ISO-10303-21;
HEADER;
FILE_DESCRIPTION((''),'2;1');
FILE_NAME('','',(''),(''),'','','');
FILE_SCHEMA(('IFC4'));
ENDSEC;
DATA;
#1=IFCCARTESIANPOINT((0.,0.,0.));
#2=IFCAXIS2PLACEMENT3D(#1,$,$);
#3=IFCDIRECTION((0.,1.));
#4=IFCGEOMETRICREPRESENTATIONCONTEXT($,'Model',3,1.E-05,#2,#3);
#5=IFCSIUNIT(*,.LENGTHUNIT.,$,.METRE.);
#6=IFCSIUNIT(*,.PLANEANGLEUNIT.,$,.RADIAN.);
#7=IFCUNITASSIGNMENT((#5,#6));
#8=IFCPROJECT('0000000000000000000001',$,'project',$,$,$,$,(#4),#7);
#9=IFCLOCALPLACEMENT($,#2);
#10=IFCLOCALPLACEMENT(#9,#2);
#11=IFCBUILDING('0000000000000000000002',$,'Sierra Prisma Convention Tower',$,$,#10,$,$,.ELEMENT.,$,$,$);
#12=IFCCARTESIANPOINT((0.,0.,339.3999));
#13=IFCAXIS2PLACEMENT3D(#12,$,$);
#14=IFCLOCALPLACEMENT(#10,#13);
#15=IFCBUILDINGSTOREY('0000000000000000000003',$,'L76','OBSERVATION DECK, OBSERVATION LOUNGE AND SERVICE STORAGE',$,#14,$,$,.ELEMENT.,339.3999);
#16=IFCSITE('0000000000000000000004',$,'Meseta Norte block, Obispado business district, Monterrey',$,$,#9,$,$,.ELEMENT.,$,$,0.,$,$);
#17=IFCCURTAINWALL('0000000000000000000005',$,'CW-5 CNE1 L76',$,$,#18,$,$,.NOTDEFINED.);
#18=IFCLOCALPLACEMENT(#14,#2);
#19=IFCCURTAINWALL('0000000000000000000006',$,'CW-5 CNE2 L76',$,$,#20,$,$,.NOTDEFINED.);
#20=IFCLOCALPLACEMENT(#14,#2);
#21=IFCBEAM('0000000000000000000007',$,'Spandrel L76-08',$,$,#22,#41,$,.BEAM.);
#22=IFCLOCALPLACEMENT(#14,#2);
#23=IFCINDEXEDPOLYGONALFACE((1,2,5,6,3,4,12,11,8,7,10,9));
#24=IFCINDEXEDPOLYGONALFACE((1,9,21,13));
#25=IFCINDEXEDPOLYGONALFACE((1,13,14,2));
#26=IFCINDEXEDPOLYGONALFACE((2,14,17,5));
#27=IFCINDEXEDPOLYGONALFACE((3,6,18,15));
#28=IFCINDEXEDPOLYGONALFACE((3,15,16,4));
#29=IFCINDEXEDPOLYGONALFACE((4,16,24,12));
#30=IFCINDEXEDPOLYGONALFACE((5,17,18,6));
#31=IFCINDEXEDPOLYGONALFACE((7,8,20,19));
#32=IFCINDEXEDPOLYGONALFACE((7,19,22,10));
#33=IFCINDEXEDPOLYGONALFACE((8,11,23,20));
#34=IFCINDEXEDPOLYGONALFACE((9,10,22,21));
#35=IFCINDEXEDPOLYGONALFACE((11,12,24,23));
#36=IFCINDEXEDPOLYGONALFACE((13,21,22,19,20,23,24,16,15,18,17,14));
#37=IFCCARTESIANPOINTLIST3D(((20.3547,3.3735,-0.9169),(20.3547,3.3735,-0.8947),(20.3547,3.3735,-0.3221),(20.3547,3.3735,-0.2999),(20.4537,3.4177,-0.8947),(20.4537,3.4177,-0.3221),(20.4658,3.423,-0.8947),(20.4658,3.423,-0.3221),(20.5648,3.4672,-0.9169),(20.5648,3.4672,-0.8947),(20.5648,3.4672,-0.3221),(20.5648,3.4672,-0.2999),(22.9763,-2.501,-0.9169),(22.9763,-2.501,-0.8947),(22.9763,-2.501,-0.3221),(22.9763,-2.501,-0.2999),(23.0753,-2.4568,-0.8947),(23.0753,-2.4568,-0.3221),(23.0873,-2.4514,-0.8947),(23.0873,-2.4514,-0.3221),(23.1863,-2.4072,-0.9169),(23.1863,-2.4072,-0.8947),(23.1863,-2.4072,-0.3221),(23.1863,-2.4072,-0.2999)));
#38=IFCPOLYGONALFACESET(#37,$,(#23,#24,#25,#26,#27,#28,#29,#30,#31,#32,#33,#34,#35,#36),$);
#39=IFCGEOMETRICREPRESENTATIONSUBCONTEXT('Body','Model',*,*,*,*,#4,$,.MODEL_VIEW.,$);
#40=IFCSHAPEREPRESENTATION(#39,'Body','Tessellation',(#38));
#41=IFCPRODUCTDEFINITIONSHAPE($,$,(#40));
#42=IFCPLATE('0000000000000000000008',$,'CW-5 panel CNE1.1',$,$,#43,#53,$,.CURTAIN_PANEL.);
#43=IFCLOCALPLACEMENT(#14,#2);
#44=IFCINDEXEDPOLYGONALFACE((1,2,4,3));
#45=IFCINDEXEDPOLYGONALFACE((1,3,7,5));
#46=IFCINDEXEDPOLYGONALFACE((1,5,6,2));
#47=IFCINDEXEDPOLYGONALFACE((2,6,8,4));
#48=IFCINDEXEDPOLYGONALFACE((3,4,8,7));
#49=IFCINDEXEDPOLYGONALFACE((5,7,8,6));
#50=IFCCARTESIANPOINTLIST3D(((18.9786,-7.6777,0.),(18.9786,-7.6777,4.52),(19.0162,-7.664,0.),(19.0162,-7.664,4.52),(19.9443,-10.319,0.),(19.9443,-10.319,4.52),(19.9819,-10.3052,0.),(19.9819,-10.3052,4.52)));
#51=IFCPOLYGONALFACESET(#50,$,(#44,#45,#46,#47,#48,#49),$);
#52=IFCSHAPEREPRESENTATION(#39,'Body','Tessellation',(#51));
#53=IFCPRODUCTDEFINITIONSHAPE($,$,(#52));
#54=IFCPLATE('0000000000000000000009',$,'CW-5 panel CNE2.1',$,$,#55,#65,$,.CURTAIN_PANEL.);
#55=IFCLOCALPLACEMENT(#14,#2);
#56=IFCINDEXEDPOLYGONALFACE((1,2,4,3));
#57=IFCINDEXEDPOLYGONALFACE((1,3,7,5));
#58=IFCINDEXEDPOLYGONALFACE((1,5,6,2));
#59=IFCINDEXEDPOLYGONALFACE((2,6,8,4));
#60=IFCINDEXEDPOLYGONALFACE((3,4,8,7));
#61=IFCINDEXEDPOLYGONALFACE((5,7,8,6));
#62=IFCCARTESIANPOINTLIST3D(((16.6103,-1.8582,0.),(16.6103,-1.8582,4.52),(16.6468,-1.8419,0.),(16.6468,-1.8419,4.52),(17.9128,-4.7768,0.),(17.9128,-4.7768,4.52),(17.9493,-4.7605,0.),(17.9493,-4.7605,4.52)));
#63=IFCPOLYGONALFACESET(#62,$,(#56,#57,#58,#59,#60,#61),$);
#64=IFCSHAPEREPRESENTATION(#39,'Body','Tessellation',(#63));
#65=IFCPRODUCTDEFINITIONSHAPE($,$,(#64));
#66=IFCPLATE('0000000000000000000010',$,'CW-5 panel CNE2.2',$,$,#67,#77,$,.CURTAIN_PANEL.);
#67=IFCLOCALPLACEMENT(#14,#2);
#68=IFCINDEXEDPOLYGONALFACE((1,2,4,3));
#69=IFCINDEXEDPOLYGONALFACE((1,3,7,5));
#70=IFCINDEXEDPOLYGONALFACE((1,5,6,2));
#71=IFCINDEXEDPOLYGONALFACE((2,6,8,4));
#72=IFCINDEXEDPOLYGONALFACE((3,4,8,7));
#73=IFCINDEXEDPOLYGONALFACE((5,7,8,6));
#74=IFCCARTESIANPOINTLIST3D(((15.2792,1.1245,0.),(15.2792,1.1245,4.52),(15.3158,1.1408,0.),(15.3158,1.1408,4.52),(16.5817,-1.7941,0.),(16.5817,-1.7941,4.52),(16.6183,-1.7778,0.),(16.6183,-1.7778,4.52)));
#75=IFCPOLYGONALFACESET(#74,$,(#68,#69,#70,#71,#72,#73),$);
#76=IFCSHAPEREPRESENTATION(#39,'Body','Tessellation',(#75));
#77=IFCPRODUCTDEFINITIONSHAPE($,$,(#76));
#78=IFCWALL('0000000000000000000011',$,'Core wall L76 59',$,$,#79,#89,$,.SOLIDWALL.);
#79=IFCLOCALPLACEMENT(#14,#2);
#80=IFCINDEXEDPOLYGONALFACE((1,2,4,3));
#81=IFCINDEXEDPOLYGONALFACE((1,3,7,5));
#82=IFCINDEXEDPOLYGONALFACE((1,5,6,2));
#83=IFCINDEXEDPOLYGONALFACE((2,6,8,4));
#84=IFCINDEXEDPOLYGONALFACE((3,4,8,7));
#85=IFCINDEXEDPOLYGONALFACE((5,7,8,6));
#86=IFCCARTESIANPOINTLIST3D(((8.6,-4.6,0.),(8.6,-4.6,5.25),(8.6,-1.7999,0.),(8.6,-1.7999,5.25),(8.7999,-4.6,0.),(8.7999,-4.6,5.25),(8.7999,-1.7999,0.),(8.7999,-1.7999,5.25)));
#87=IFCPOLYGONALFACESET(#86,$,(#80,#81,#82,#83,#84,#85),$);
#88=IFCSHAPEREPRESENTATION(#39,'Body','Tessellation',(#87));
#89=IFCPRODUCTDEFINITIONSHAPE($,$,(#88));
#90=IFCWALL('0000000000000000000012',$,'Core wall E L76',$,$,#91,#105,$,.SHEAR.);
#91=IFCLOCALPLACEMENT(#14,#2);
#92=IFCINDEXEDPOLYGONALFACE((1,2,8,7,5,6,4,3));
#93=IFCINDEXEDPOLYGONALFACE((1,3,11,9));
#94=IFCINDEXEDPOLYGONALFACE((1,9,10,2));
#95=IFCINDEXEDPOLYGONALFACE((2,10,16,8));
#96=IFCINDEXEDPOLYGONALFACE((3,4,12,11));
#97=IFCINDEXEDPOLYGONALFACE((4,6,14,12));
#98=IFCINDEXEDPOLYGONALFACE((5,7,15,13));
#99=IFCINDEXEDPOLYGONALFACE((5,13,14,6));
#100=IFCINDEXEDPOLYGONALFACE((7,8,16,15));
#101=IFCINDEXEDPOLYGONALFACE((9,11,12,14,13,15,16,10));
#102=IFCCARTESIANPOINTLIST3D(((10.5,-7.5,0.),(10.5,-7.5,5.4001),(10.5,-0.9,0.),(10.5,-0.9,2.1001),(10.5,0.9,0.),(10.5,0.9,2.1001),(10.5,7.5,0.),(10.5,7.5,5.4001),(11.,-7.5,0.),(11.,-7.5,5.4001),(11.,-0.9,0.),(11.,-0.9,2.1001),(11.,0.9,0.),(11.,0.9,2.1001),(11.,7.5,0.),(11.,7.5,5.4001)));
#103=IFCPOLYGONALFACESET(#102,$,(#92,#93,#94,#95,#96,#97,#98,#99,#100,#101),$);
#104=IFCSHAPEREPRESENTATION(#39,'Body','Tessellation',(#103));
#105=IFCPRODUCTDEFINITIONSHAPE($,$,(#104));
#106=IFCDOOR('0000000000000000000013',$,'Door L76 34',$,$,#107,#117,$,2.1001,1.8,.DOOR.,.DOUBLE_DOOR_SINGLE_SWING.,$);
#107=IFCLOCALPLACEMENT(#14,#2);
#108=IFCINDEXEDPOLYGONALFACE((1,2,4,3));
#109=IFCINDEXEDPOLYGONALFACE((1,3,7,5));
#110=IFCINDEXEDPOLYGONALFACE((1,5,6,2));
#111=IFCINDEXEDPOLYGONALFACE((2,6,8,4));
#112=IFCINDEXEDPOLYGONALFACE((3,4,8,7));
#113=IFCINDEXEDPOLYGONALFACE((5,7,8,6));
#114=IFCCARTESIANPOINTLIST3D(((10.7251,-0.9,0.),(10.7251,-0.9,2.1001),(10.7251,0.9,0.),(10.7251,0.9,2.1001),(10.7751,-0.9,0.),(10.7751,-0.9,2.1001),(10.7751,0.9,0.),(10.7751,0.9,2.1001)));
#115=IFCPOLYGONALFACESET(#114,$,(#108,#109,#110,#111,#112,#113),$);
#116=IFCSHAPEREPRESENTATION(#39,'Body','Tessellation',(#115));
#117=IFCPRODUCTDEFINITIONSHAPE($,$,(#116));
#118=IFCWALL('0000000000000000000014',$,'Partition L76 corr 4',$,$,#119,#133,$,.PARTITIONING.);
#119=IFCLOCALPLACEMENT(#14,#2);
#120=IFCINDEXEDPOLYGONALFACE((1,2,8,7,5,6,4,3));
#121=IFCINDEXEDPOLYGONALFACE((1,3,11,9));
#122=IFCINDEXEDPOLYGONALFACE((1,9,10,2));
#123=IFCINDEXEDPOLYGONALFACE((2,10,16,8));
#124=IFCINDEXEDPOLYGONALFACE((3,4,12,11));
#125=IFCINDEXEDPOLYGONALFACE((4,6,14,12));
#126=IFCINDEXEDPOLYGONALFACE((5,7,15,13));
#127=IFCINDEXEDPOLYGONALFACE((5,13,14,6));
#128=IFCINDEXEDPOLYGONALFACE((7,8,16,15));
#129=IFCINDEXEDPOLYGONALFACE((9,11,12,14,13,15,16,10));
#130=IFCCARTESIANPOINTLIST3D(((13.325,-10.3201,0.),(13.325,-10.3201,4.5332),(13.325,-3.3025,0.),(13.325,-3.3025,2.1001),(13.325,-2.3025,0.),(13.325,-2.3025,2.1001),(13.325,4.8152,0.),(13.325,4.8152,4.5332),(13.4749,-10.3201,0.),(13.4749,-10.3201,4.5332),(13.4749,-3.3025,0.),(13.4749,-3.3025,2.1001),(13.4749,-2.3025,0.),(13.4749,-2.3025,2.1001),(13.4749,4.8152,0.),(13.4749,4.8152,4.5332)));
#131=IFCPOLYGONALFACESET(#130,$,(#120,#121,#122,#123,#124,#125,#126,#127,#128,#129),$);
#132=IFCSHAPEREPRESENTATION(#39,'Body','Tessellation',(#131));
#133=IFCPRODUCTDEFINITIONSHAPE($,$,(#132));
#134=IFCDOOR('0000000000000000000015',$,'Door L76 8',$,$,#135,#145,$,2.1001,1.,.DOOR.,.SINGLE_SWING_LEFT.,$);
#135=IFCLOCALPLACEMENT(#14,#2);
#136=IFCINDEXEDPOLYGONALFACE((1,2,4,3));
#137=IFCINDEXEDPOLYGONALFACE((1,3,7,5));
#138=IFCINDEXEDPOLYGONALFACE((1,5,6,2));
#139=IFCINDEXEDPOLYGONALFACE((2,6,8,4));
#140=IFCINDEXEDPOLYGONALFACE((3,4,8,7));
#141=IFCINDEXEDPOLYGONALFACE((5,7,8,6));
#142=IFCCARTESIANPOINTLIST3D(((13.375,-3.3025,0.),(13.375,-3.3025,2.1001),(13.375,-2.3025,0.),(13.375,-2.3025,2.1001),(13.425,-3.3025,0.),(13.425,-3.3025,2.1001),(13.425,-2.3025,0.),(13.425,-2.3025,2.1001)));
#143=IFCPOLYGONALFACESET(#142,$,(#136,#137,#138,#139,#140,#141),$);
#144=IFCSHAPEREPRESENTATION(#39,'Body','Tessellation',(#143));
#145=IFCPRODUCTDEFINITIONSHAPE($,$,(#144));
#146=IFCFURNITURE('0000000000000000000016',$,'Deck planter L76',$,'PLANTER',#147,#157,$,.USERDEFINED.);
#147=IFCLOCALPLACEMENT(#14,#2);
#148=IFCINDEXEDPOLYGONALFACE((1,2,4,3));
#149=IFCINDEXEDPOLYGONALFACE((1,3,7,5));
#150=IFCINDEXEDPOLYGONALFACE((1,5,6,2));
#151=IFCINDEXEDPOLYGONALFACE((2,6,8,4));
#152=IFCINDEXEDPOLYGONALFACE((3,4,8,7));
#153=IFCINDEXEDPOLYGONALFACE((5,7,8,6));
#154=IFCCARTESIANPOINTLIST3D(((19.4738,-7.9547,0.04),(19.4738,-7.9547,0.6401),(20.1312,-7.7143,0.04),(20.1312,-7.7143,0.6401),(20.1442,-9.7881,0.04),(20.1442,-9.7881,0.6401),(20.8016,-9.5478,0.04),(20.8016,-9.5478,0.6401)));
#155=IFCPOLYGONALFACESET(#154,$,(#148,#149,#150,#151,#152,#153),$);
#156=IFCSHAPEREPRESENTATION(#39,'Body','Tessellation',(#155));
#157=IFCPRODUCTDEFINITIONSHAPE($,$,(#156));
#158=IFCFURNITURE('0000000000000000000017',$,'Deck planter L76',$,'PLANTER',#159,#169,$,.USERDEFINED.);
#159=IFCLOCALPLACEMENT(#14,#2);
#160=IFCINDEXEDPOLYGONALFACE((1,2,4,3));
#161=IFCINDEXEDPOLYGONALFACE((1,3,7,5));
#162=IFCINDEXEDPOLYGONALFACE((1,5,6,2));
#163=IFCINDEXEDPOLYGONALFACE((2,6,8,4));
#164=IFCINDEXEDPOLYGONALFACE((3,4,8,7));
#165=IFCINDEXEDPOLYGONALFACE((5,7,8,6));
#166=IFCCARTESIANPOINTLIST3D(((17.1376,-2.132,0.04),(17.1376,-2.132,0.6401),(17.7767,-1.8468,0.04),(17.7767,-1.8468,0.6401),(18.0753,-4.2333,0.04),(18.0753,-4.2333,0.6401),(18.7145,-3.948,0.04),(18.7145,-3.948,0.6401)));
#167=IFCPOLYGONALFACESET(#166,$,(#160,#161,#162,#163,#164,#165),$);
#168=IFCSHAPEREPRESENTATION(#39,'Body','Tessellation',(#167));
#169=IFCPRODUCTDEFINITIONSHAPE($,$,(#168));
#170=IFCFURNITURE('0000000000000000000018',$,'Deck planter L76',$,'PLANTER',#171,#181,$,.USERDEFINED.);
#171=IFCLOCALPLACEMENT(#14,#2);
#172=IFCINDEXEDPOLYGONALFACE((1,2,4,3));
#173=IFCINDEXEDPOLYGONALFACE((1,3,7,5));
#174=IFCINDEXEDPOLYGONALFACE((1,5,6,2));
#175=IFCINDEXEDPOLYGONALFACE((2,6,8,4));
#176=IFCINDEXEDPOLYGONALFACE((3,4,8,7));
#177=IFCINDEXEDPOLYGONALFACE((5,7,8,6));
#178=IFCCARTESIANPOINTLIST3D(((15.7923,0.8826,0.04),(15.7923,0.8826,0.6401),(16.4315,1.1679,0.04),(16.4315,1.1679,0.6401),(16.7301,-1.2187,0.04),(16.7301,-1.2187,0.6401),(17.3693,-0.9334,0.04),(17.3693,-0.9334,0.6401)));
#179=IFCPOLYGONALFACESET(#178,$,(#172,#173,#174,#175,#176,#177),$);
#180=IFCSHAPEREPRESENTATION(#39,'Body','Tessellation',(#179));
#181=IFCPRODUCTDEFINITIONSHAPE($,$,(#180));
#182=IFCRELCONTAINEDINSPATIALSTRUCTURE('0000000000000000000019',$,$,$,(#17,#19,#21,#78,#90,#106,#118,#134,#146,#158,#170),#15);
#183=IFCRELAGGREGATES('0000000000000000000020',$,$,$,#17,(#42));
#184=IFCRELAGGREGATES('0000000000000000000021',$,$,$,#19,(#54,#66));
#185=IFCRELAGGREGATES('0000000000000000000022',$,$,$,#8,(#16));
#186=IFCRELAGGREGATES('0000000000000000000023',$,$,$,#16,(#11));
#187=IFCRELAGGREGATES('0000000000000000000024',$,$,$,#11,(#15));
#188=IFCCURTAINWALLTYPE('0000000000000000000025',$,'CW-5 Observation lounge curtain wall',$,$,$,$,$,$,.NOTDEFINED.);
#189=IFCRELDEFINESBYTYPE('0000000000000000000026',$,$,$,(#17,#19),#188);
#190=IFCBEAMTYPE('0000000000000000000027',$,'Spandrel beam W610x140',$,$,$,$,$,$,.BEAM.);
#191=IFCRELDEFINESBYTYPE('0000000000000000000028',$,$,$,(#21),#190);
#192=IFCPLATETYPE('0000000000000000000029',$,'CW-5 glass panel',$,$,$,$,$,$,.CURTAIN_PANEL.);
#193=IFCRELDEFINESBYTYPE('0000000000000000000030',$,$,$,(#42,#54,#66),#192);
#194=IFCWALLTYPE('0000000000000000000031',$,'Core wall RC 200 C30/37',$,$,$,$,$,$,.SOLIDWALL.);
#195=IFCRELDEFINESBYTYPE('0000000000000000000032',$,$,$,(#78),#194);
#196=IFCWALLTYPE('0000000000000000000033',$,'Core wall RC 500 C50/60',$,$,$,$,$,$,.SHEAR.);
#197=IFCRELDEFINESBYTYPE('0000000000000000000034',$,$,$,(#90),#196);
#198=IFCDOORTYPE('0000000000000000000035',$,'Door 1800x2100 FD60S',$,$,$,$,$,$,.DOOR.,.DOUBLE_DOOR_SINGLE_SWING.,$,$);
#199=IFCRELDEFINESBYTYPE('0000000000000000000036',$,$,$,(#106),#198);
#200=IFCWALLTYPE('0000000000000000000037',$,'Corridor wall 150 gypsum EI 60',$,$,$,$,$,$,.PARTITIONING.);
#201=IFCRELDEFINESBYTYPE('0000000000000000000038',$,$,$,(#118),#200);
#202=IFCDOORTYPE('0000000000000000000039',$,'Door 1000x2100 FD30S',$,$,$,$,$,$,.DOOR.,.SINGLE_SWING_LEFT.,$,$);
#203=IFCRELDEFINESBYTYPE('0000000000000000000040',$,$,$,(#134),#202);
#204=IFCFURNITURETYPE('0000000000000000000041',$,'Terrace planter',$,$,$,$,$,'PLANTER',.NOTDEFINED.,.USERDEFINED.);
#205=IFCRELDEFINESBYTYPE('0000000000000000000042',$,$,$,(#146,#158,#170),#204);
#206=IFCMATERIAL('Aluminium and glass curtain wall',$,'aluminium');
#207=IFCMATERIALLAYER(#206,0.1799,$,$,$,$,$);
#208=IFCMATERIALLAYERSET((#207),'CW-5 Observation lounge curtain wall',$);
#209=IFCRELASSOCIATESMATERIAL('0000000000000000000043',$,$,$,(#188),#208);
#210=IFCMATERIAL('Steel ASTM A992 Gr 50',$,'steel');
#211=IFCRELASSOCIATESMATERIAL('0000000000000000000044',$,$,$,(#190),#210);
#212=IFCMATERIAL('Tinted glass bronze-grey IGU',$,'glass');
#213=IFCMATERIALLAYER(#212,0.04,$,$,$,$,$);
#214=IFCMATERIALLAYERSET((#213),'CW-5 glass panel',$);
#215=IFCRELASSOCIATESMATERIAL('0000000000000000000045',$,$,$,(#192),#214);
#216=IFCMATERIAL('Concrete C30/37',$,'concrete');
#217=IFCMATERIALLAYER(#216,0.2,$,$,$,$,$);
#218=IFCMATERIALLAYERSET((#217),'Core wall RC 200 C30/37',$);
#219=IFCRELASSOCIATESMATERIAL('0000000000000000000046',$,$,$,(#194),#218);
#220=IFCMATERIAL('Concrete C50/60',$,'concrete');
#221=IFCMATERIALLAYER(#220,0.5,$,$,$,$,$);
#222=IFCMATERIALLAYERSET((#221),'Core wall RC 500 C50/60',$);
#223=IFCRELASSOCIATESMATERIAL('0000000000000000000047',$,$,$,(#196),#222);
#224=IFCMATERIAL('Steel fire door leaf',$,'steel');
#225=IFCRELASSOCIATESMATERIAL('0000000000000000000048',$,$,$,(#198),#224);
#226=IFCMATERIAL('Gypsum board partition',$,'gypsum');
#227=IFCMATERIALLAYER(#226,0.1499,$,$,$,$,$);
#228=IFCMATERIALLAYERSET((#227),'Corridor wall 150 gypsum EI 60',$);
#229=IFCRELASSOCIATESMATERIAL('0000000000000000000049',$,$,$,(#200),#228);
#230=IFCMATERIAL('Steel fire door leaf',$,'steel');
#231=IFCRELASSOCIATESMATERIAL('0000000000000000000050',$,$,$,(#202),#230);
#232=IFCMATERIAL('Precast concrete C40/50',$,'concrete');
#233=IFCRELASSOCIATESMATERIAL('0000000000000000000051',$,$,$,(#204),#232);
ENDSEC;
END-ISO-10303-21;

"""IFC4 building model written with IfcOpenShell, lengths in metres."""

from ifc_helpers import new_model, si_unit, direction, frame, frame_2d, origin, origin_2d, place, context, subcontext, project, spatial, rectangle, i_section, extrude, material, layer, layer_set, material_profile, profile_set, type_object, element, fill, aggregate, save


model = new_model("IFC4")

# Units and contexts
model_context = context("Model", 3, precision=1e-05, world=origin(), true_north=direction((0.0, 1.0)))
body_context = subcontext(model_context, "Body", "Model", "MODEL_VIEW")
ifc_project = project(units=[si_unit("LENGTHUNIT", "METRE"), si_unit("PLANEANGLEUNIT", "RADIAN")], contexts=[model_context])

# Site, building, storey
site_placement = place(None, origin())
site = spatial("IfcSite", under=ifc_project, at=site_placement, Name="Meseta Norte block, Obispado business district, Monterrey", CompositionType="ELEMENT", RefElevation=0.0)
building_placement = place(site_placement, origin())
building = spatial("IfcBuilding", under=site, at=building_placement, Name="Sierra Prisma Convention Tower", CompositionType="ELEMENT")
storey_placement = place(building_placement, frame((0.0, 0.0, 339.3999)))
storey = spatial("IfcBuildingStorey", under=building, at=storey_placement, Name="L76", Description="OBSERVATION DECK, OBSERVATION LOUNGE AND SERVICE STORAGE", CompositionType="ELEMENT", Elevation=339.3999)

# Curtain wall
ifc_material_1 = material(Name="Aluminium and glass curtain wall", Category="aluminium")
ifc_layer_1 = layer(ifc_material_1, 0.1799)
ifc_layer_set_1 = layer_set([ifc_layer_1], Name="CW-5 Observation lounge curtain wall")
curtain_wall_type = type_object("IfcCurtainWallType", Name="CW-5 Observation lounge curtain wall", PredefinedType="NOTDEFINED", material=ifc_layer_set_1)
curtain_wall_1_placement = place(storey_placement, origin())
curtain_wall_1 = element("IfcCurtainWall", 1, at=curtain_wall_1_placement, inside=storey, type_object=curtain_wall_type, Name="CW-5 CNE1 L76", PredefinedType="NOTDEFINED")

# Curtain wall
curtain_wall_2_placement = place(storey_placement, origin())
curtain_wall_2 = element("IfcCurtainWall", 2, at=curtain_wall_2_placement, inside=storey, type_object=curtain_wall_type, Name="CW-5 CNE2 L76", PredefinedType="NOTDEFINED")

# Beam
ifc_material_2 = material(Name="Steel ASTM A992 Gr 50", Category="steel")
ifc_material_profile_1 = material_profile(ifc_material_2, i_section(OverallWidth=0.23, OverallDepth=0.6169, WebThickness=0.0132, FlangeThickness=0.0222, at=origin_2d()), Name="W610x140")
ifc_profile_set_1 = profile_set([ifc_material_profile_1], Name="Steel ASTM A992 Gr 50")
beam_type_1 = type_object("IfcBeamType", Name="Spandrel beam W610x140", PredefinedType="BEAM", material=ifc_profile_set_1)
beam_1_placement = place(storey_placement, frame((23.0813, -2.4541, -0.6084), z_axis=(-0.407525, 0.913194, 0.0), x_axis=(-0.913194, -0.407525, 0.0)))
element("IfcBeam", 3, at=beam_1_placement, inside=storey, type_object=beam_type_1, Name="Spandrel L76-08", PredefinedType="BEAM", context=body_context, shape_type="SweptSolid", body=[
    extrude(i_section(OverallWidth=0.23, OverallDepth=0.6169, WebThickness=0.0132, FlangeThickness=0.0222, at=origin_2d()), origin(), (0.0, 0.0, 1.0), 6.4329),
])

# Plates
ifc_material_3 = material(Name="Tinted glass bronze-grey IGU", Category="glass")
ifc_layer_2 = layer(ifc_material_3, 0.04)
ifc_layer_set_2 = layer_set([ifc_layer_2], Name="CW-5 glass panel")
plate_type = type_object("IfcPlateType", Name="CW-5 glass panel", PredefinedType="CURTAIN_PANEL", material=ifc_layer_set_2)
plate_1_placement = place(storey_placement, frame((19.4802, -8.9915, 0.0), z_axis=(0.0, 0.0, 1.0), x_axis=(-0.343388, 0.939194, 0.0)))
plate_1 = element("IfcPlate", 4, at=plate_1_placement, type_object=plate_type, Name="CW-5 panel CNE1.1", PredefinedType="CURTAIN_PANEL", context=body_context, shape_type="SweptSolid", body=[
    extrude(rectangle(XDim=2.8123, YDim=0.04, at=origin_2d()), origin(), (0.0, 0.0, 1.0), 4.52),
])
aggregate(curtain_wall_1, [plate_1])
plate_2_placement = place(storey_placement, frame((17.2798, -3.3093, 0.0), z_axis=(0.0, 0.0, 1.0), x_axis=(-0.407534, 0.91319, 0.0)))
plate_2 = element("IfcPlate", 5, at=plate_2_placement, type_object=plate_type, Name="CW-5 panel CNE2.1", PredefinedType="CURTAIN_PANEL", context=body_context, shape_type="SweptSolid", body=[
    extrude(rectangle(XDim=3.196, YDim=0.04, at=origin_2d()), origin(), (0.0, 0.0, 1.0), 4.52),
])
plate_3_placement = place(storey_placement, frame((15.9487, -0.3267, 0.0), z_axis=(0.0, 0.0, 1.0), x_axis=(-0.407534, 0.91319, 0.0)))
plate_3 = element("IfcPlate", 6, at=plate_3_placement, type_object=plate_type, Name="CW-5 panel CNE2.2", PredefinedType="CURTAIN_PANEL", context=body_context, shape_type="SweptSolid", body=[
    extrude(rectangle(XDim=3.196, YDim=0.04, at=origin_2d()), origin(), (0.0, 0.0, 1.0), 4.52),
])
aggregate(curtain_wall_2, [plate_2, plate_3])

# Shared definitions
ifc_material_4 = material(Name="Concrete C30/37", Category="concrete")
ifc_layer_3 = layer(ifc_material_4, 0.2)
ifc_layer_set_3 = layer_set([ifc_layer_3], Name="Core wall RC 200 C30/37")
wall_type_1 = type_object("IfcWallType", Name="Core wall RC 200 C30/37", PredefinedType="SOLIDWALL", material=ifc_layer_set_3)

# Wall
wall_1_placement = place(storey_placement, frame((8.7, -1.8, 0.0), z_axis=(0.0, 0.0, 1.0), x_axis=(0.0, -1.0, 0.0)))
element("IfcWall", 7, at=wall_1_placement, inside=storey, type_object=wall_type_1, Name="Core wall L76 59", PredefinedType="SOLIDWALL", context=body_context, shape_type="SweptSolid", body=[
    extrude(rectangle(XDim=2.8, YDim=0.2, at=frame_2d((1.3999, 0.0))), origin(), (0.0, 0.0, 1.0), 5.25),
])

# Walls, openings, doors
ifc_material_5 = material(Name="Concrete C50/60", Category="concrete")
ifc_layer_4 = layer(ifc_material_5, 0.5)
ifc_layer_set_4 = layer_set([ifc_layer_4], Name="Core wall RC 500 C50/60")
wall_type_2 = type_object("IfcWallType", Name="Core wall RC 500 C50/60", PredefinedType="SHEAR", material=ifc_layer_set_4)
wall_2_placement = place(storey_placement, frame((10.75, -7.5, 0.0), z_axis=(0.0, 0.0, 1.0), x_axis=(0.0, 1.0, 0.0)))
wall_2 = element("IfcWall", 8, at=wall_2_placement, inside=storey, type_object=wall_type_2, Name="Core wall E L76", PredefinedType="SHEAR", context=body_context, shape_type="SweptSolid", body=[
    extrude(rectangle(XDim=15.0, YDim=0.5, at=frame_2d((7.5, 0.0))), origin(), (0.0, 0.0, 1.0), 5.4001),
])
opening_1_placement = place(wall_2_placement, frame((6.6001, 0.0, 0.0)))
opening_1 = element("IfcOpeningElement", 9, at=opening_1_placement, cuts=wall_2, PredefinedType="OPENING", context=body_context, shape_type="SweptSolid", body=[
    extrude(rectangle(XDim=1.8, YDim=2.1001, at=frame_2d((0.8999, 1.05))), frame((0.0, 0.25, 0.0), z_axis=(0.0, -1.0, 0.0), x_axis=(1.0, 0.0, 0.0)), (0.0, 0.0, 1.0), 0.5),
])
ifc_material_6 = material(Name="Steel fire door leaf", Category="steel")
door_type_1 = type_object("IfcDoorType", Name="Door 1800x2100 FD60S", OperationType="DOUBLE_DOOR_SINGLE_SWING", PredefinedType="DOOR", material=ifc_material_6)
door_1_placement = place(opening_1_placement, origin())
door_1 = element("IfcDoor", 10, at=door_1_placement, inside=storey, type_object=door_type_1, Name="Door L76 34", OperationType="DOUBLE_DOOR_SINGLE_SWING", OverallHeight=2.1001, OverallWidth=1.8, PredefinedType="DOOR", context=body_context, shape_type="SweptSolid", body=[
    extrude(rectangle(XDim=1.8, YDim=2.1001, at=frame_2d((0.8999, 1.05))), frame((0.0, 0.0249, 0.0), z_axis=(0.0, -1.0, 0.0), x_axis=(1.0, 0.0, 0.0)), (0.0, 0.0, 1.0), 0.05),
])
fill(opening_1, door_1)
ifc_material_7 = material(Name="Gypsum board partition", Category="gypsum")
ifc_layer_5 = layer(ifc_material_7, 0.1499)
ifc_layer_set_5 = layer_set([ifc_layer_5], Name="Corridor wall 150 gypsum EI 60")
wall_type_3 = type_object("IfcWallType", Name="Corridor wall 150 gypsum EI 60", PredefinedType="PARTITIONING", material=ifc_layer_set_5)
wall_3_placement = place(storey_placement, frame((13.3999, -10.3201, 0.0), z_axis=(0.0, 0.0, 1.0), x_axis=(0.0, 1.0, 0.0)))
wall_3 = element("IfcWall", 11, at=wall_3_placement, inside=storey, type_object=wall_type_3, Name="Partition L76 corr 4", PredefinedType="PARTITIONING", context=body_context, shape_type="SweptSolid", body=[
    extrude(rectangle(XDim=15.1353, YDim=0.1499, at=frame_2d((7.5676, 0.0))), origin(), (0.0, 0.0, 1.0), 4.5332),
])
opening_2_placement = place(wall_3_placement, frame((7.0176, 0.0, 0.0)))
opening_2 = element("IfcOpeningElement", 12, at=opening_2_placement, cuts=wall_3, PredefinedType="OPENING", context=body_context, shape_type="SweptSolid", body=[
    extrude(rectangle(XDim=1.0, YDim=2.1001, at=frame_2d((0.5, 1.05))), frame((0.0, 0.075, 0.0), z_axis=(0.0, -1.0, 0.0), x_axis=(1.0, 0.0, 0.0)), (0.0, 0.0, 1.0), 0.1499),
])
ifc_material_8 = material(Name="Steel fire door leaf", Category="steel")
door_type_2 = type_object("IfcDoorType", Name="Door 1000x2100 FD30S", OperationType="SINGLE_SWING_LEFT", PredefinedType="DOOR", material=ifc_material_8)
door_2_placement = place(opening_2_placement, origin())
door_2 = element("IfcDoor", 13, at=door_2_placement, inside=storey, type_object=door_type_2, Name="Door L76 8", OperationType="SINGLE_SWING_LEFT", OverallHeight=2.1001, OverallWidth=1.0, PredefinedType="DOOR", context=body_context, shape_type="SweptSolid", body=[
    extrude(rectangle(XDim=1.0, YDim=2.1001, at=frame_2d((0.5, 1.05))), frame((0.0, 0.0249, 0.0), z_axis=(0.0, -1.0, 0.0), x_axis=(1.0, 0.0, 0.0)), (0.0, 0.0, 1.0), 0.05),
])
fill(opening_2, door_2)

# Furniture
ifc_material_9 = material(Name="Precast concrete C40/50", Category="concrete")
furniture_type = type_object("IfcFurnitureType", Name="Terrace planter", ElementType="PLANTER", AssemblyPlace="NOTDEFINED", PredefinedType="USERDEFINED", material=ifc_material_9)
furniture_placement = place(storey_placement, frame((20.1377, -8.7512, 0.04), z_axis=(0.0, 0.0, 1.0), x_axis=(-0.343388, 0.939194, 0.0)))
element("IfcFurniture", 14, at=furniture_placement, inside=storey, type_object=furniture_type, Name="Deck planter L76", ObjectType="PLANTER", PredefinedType="USERDEFINED", context=body_context, shape_type="SweptSolid", body=[
    extrude(rectangle(XDim=1.9521, YDim=0.7, at=origin_2d()), origin(), (0.0, 0.0, 1.0), 0.6001),
])
for number, where, z_axis, x_axis, name in (
    (15, (17.926, -3.04, 0.04), (0.0, 0.0, 1.0), (-0.407534, 0.91319, 0.0), "Deck planter L76"),
    (16, (16.5808, -0.0254, 0.04), (0.0, 0.0, 1.0), (-0.407534, 0.91319, 0.0), "Deck planter L76"),
):
    element("IfcFurniture", number, at=place(storey_placement, frame(where, z_axis=z_axis, x_axis=x_axis)), inside=storey, type_object=furniture_type, Name=name, ObjectType="PLANTER", PredefinedType="USERDEFINED", context=body_context, shape_type="SweptSolid", body=[
        extrude(rectangle(XDim=2.301, YDim=0.7, at=origin_2d()), origin(), (0.0, 0.0, 1.0), 0.6001),
    ])

save(model, "model.ifc")
